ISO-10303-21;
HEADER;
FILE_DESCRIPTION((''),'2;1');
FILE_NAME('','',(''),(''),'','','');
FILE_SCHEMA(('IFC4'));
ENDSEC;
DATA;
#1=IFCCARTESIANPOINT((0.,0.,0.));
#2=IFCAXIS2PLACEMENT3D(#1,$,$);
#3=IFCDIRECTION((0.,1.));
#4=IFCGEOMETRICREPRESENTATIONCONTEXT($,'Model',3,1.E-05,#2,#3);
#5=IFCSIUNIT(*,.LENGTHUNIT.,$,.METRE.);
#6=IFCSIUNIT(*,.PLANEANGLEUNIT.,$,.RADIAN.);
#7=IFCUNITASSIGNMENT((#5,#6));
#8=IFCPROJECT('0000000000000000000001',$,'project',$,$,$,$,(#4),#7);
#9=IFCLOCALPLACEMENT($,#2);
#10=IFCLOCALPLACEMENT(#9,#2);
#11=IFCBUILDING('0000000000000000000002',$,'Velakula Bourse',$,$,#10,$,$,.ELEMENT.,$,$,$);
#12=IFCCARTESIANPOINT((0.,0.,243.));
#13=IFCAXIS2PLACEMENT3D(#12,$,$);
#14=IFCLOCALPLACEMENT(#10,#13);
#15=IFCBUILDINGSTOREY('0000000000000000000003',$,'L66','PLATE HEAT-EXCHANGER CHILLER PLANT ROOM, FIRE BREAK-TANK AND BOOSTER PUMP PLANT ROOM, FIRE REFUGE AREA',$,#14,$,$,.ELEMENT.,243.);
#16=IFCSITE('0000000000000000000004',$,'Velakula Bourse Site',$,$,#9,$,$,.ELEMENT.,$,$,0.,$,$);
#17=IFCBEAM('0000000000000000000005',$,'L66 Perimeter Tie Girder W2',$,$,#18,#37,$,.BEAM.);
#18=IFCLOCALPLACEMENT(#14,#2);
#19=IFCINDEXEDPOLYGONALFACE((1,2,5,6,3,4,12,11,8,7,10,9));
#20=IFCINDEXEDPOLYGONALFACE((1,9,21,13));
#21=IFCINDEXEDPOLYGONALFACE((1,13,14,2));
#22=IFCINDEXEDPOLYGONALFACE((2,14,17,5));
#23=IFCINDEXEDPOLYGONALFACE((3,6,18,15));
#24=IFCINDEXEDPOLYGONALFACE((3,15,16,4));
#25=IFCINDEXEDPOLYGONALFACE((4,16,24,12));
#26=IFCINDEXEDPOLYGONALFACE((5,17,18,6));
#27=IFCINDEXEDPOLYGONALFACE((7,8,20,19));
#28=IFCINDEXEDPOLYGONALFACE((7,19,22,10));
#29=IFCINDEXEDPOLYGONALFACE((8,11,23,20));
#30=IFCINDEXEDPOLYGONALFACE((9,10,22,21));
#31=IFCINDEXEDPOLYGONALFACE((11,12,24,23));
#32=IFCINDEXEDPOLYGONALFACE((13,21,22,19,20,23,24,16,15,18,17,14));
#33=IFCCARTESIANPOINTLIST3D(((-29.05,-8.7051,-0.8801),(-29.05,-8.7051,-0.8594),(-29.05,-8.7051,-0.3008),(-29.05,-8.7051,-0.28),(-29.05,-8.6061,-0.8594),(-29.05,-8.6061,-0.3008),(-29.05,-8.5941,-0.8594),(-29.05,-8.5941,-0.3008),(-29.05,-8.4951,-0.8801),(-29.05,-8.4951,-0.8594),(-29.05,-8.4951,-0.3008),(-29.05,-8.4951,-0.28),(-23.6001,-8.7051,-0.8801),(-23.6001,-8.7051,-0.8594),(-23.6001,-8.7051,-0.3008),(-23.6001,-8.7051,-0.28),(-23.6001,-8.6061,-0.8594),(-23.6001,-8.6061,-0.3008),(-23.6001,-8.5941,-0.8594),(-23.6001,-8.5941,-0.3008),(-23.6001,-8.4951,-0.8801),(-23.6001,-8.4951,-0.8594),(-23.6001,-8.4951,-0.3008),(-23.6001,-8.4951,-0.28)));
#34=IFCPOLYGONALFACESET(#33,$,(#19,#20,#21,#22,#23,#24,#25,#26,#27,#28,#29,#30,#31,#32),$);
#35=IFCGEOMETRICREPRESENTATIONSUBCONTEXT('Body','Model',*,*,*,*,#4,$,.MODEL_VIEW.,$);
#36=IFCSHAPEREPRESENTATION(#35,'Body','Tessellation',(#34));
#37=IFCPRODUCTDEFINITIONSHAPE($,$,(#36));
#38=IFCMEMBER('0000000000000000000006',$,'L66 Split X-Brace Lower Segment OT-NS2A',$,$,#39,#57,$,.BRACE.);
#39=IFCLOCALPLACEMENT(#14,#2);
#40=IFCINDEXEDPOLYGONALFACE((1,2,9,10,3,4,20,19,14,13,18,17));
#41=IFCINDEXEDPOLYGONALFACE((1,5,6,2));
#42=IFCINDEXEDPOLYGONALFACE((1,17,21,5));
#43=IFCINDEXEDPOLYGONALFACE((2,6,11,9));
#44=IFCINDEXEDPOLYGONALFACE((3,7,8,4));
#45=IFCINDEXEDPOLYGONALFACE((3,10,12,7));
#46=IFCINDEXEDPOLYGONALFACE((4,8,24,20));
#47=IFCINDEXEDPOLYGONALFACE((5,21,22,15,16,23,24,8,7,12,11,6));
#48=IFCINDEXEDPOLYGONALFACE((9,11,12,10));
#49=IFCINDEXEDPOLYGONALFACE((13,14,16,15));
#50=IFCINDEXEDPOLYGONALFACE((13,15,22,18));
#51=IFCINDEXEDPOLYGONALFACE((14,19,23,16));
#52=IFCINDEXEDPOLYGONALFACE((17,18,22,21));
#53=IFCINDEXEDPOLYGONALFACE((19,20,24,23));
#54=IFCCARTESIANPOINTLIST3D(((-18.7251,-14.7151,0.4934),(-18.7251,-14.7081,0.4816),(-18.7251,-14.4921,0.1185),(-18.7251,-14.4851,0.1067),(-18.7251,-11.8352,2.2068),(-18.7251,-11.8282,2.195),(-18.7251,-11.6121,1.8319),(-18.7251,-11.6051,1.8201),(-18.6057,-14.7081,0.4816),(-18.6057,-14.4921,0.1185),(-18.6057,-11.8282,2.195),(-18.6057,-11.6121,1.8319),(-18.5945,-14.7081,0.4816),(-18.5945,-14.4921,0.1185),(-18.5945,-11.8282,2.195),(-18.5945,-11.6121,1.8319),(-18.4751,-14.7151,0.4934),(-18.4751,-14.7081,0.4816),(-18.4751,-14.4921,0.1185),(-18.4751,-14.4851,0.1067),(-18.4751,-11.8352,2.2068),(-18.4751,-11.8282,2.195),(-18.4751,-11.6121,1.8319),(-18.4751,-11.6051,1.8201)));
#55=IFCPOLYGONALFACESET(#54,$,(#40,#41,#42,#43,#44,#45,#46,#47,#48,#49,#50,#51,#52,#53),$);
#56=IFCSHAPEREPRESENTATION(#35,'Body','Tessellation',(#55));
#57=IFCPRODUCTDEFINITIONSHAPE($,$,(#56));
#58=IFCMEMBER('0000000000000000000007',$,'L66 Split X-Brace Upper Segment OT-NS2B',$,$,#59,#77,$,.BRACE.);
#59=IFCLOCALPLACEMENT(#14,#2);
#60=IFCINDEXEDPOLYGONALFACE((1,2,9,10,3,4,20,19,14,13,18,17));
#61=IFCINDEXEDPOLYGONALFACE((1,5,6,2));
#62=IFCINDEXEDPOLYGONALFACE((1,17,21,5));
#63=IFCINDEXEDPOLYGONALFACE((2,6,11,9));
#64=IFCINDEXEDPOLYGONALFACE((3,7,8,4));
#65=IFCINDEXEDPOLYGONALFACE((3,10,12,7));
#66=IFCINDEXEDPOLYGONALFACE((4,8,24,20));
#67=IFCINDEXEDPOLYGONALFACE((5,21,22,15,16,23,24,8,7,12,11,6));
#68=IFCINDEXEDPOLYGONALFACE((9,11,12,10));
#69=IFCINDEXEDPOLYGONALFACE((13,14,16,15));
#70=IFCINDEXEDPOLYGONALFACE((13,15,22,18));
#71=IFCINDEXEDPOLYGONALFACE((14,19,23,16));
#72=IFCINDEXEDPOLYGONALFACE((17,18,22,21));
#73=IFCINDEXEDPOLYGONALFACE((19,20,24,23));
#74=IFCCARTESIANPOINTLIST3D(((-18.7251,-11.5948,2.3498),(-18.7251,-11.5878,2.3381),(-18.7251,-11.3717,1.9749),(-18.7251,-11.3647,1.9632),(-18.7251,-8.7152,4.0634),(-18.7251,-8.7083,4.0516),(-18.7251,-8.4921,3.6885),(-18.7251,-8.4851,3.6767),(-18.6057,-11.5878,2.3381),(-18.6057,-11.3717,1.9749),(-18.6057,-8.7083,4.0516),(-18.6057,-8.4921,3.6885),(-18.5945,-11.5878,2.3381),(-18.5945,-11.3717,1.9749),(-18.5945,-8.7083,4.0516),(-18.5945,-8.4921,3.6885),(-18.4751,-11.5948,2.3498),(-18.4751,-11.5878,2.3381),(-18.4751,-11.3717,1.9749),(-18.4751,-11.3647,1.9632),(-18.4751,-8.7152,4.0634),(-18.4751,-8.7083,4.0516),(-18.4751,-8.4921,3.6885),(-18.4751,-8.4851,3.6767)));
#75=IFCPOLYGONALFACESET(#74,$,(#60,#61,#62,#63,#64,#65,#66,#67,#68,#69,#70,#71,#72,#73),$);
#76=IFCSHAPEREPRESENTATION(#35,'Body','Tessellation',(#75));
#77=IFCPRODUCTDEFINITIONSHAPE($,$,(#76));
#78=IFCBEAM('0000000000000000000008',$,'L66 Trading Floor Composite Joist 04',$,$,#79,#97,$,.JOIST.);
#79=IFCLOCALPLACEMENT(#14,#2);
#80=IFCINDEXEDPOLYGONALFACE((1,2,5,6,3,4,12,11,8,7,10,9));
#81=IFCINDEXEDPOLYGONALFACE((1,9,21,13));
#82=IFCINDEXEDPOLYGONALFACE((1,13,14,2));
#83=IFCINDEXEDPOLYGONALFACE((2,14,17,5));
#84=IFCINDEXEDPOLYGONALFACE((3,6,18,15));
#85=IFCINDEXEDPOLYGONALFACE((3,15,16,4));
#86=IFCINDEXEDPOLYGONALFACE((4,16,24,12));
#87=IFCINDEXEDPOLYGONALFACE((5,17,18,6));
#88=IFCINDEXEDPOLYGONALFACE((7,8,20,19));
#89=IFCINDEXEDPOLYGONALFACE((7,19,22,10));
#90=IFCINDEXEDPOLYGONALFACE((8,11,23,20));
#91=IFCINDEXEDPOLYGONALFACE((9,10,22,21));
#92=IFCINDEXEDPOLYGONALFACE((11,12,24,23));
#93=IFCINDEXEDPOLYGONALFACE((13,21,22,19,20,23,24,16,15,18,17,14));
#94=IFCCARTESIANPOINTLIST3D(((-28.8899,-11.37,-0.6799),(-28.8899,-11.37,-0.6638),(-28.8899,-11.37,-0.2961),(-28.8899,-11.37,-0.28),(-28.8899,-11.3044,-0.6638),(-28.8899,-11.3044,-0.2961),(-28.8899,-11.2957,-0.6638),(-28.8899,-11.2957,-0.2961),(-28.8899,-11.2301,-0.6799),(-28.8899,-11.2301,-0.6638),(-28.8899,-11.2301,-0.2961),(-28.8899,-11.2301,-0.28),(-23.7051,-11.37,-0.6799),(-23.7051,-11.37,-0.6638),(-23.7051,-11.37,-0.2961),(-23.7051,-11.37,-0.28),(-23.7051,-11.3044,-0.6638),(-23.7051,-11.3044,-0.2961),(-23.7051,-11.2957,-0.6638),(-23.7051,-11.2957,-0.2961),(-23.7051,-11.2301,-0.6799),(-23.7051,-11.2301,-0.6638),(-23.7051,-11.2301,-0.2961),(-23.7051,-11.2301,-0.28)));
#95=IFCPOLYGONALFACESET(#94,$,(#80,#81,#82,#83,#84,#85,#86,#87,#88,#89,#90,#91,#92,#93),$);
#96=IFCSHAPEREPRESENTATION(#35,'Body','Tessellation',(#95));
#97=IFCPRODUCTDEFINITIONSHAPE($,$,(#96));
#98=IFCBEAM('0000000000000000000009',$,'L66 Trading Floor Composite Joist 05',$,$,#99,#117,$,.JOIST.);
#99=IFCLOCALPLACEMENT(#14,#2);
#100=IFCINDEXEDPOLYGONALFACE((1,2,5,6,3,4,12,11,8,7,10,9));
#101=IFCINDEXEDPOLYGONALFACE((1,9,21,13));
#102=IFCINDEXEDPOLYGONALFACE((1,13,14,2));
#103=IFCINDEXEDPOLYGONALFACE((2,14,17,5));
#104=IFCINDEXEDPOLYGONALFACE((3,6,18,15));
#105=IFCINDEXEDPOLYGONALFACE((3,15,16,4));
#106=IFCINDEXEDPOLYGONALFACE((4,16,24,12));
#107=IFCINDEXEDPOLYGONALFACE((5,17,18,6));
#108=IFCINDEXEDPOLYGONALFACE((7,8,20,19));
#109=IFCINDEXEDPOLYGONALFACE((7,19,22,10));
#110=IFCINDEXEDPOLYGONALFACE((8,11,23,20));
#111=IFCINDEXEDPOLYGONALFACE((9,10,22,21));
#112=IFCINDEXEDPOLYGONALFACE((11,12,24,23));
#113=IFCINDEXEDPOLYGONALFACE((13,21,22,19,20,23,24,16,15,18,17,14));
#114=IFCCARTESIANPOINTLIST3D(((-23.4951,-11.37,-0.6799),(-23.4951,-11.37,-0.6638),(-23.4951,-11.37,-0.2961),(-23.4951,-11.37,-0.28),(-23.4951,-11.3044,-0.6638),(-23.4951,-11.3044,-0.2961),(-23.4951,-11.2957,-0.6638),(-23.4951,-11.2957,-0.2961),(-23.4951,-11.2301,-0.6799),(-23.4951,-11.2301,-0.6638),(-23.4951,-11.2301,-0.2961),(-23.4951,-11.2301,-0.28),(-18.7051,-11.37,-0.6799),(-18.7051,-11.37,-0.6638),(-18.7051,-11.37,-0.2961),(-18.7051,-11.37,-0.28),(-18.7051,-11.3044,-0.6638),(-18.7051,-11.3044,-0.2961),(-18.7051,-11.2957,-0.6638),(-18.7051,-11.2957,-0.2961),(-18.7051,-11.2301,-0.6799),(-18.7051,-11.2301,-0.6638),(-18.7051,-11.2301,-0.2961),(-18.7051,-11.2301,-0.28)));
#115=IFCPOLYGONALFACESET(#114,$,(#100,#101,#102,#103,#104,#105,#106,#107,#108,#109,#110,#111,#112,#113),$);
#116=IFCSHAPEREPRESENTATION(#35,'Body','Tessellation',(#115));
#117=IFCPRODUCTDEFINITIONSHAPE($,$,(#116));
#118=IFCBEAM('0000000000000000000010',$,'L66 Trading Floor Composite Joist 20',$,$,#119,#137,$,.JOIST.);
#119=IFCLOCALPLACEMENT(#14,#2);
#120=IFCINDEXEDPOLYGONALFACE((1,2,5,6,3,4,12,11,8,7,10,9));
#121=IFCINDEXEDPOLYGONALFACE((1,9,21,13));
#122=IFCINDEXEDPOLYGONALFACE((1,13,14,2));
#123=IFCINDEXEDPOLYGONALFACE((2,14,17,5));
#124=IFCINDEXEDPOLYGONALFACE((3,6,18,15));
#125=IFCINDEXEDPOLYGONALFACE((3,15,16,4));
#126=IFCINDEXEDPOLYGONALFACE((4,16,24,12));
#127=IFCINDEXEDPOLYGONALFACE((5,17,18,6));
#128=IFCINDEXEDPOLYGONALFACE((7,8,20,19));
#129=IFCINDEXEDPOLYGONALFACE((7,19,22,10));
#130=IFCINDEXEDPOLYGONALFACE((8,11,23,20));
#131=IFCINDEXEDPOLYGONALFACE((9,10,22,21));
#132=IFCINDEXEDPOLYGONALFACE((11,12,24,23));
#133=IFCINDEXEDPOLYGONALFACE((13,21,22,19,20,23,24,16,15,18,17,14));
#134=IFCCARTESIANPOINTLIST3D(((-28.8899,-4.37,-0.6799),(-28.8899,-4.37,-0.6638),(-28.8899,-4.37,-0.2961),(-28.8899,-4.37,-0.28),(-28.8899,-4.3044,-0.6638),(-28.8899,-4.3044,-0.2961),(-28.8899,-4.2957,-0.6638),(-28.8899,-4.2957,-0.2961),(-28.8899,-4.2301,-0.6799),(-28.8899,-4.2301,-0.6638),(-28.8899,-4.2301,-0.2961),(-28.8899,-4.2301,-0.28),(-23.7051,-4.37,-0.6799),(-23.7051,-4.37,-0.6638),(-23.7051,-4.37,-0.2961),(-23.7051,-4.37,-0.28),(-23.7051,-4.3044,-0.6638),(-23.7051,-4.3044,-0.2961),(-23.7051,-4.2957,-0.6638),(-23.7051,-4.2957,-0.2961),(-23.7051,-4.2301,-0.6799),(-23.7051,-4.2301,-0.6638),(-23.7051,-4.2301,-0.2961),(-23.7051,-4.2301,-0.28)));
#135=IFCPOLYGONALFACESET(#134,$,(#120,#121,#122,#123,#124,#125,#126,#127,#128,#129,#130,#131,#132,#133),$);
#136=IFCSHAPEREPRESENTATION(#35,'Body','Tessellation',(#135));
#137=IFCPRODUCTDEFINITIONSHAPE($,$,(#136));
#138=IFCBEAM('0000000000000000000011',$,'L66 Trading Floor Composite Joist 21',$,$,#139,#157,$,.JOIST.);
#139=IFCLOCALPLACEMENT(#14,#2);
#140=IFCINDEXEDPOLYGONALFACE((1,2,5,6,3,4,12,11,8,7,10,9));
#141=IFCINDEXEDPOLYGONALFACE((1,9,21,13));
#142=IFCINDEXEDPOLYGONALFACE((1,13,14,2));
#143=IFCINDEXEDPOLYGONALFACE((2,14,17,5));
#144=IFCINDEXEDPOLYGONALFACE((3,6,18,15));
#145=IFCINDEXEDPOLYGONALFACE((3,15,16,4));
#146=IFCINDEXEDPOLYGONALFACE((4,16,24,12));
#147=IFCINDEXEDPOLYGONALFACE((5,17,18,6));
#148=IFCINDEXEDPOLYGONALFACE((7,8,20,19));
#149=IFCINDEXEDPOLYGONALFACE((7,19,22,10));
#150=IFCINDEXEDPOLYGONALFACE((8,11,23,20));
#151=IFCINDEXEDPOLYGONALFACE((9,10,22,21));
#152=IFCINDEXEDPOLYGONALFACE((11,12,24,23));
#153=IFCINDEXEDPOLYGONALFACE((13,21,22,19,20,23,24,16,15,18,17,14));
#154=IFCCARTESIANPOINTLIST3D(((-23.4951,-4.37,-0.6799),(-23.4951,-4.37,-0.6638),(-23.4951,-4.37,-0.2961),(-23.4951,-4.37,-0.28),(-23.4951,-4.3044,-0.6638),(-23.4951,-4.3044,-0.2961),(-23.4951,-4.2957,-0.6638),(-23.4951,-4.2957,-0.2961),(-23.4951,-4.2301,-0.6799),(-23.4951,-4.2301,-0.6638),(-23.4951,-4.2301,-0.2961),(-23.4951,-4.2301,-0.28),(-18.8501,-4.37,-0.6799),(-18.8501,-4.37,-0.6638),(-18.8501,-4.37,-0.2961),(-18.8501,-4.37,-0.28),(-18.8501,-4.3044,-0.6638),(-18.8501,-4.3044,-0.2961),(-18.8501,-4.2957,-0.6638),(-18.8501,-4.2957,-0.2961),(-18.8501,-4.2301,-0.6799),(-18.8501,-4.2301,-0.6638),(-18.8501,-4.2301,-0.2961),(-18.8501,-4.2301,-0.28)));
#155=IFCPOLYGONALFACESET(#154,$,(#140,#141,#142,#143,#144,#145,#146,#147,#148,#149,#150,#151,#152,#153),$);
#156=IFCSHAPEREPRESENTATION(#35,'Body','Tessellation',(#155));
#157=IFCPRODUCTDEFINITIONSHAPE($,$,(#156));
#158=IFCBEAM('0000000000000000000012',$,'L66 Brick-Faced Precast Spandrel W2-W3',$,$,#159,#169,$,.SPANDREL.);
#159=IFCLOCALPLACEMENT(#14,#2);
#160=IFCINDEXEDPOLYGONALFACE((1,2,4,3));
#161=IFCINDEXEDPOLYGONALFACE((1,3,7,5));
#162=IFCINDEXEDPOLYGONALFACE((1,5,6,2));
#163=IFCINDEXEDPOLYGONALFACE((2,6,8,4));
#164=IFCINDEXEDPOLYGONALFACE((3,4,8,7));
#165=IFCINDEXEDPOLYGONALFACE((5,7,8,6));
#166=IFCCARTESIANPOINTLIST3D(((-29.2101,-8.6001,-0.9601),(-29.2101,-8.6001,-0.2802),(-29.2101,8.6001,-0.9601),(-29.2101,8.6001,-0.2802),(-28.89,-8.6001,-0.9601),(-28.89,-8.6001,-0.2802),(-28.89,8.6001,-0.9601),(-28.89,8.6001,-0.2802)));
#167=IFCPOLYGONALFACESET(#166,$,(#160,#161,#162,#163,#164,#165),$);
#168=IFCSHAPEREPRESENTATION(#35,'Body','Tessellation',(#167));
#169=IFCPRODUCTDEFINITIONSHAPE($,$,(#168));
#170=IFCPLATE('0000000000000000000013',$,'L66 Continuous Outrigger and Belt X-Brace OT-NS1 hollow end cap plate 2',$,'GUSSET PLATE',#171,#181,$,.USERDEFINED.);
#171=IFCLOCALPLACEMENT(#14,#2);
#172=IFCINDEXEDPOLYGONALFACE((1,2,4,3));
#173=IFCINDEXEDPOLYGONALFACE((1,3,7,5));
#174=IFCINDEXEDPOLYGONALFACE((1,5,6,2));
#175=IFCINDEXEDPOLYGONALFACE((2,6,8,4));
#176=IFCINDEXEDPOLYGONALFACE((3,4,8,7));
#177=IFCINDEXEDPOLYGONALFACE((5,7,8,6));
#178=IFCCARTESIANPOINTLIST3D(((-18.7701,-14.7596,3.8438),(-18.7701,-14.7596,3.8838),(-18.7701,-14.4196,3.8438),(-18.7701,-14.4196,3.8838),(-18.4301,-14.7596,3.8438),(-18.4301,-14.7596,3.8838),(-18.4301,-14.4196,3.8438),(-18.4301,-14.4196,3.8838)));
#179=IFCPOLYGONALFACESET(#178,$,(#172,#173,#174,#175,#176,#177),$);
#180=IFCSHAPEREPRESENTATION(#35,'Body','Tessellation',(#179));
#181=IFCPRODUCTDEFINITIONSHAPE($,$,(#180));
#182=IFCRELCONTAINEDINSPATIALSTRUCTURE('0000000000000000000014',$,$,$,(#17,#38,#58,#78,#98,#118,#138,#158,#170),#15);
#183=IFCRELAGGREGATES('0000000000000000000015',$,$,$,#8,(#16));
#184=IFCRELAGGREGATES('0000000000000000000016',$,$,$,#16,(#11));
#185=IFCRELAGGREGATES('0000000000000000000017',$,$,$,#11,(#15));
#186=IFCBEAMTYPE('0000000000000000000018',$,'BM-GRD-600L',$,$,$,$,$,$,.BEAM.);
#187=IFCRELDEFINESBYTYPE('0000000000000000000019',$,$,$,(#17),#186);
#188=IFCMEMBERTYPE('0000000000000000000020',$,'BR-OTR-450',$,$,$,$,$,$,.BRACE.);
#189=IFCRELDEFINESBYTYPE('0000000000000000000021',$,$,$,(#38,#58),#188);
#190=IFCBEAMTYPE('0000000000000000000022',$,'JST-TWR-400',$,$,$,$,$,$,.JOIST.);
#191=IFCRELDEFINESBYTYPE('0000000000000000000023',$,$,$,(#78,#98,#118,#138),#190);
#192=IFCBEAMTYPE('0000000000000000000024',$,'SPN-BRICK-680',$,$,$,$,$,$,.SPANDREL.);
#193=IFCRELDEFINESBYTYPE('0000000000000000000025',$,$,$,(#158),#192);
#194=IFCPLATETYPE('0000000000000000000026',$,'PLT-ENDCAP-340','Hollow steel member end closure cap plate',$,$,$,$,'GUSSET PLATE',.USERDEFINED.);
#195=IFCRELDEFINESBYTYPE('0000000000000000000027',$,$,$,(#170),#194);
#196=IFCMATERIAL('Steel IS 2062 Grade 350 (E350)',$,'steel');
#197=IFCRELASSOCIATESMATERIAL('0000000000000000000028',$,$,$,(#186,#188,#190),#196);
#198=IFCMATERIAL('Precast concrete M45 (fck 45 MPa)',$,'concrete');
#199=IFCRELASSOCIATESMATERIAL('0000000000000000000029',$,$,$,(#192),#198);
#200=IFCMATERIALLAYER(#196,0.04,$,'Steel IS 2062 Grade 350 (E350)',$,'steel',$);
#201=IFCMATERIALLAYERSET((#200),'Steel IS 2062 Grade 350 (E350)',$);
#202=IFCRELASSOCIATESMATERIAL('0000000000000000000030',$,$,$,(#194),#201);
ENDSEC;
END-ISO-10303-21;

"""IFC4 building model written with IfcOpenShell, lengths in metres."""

from ifc_helpers import new_model, si_unit, direction, frame, origin, origin_2d, place, context, subcontext, project, spatial, rectangle, i_section, extrude, material, layer, layer_set, material_profile, profile_set, type_object, element, save


model = new_model("IFC4")

# Units and contexts
model_context = context("Model", 3, precision=1e-05, world=origin(), true_north=direction((0.0, 1.0)))
body_context = subcontext(model_context, "Body", "Model", "MODEL_VIEW")
ifc_project = project(units=[si_unit("LENGTHUNIT", "METRE"), si_unit("PLANEANGLEUNIT", "RADIAN")], contexts=[model_context])

# Site, building, storey
site_placement = place(None, origin())
site = spatial("IfcSite", under=ifc_project, at=site_placement, Name="Velakula Bourse Site", CompositionType="ELEMENT", RefElevation=0.0)
building_placement = place(site_placement, origin())
building = spatial("IfcBuilding", under=site, at=building_placement, Name="Velakula Bourse", CompositionType="ELEMENT")
storey_placement = place(building_placement, frame((0.0, 0.0, 243.0)))
storey = spatial("IfcBuildingStorey", under=building, at=storey_placement, Name="L66", Description="PLATE HEAT-EXCHANGER CHILLER PLANT ROOM, FIRE BREAK-TANK AND BOOSTER PUMP PLANT ROOM, FIRE REFUGE AREA", CompositionType="ELEMENT", Elevation=243.0)

# Shared definitions
ifc_material_1 = material(Name="Steel IS 2062 Grade 350 (E350)", Category="steel")

# Beam
ifc_material_profile_1 = material_profile(ifc_material_1, i_section(OverallWidth=0.21, OverallDepth=0.6001, WebThickness=0.012, FlangeThickness=0.0208, at=origin_2d()), Name="Steel IS 2062 Grade 350 (E350)")
ifc_profile_set_1 = profile_set([ifc_material_profile_1], Name="Steel IS 2062 Grade 350 (E350)")
beam_type_1 = type_object("IfcBeamType", Name="BM-GRD-600L", PredefinedType="BEAM", material=ifc_profile_set_1)
beam_1_placement = place(storey_placement, frame((-23.6001, -8.6001, -0.5801), z_axis=(-1.0, 0.0, 0.0), x_axis=(0.0, -1.0, 0.0)))
element("IfcBeam", 1, at=beam_1_placement, inside=storey, type_object=beam_type_1, Name="L66 Perimeter Tie Girder W2", PredefinedType="BEAM", context=body_context, shape_type="SweptSolid", body=[
    extrude(i_section(OverallWidth=0.21, OverallDepth=0.6001, WebThickness=0.012, FlangeThickness=0.0208, at=origin_2d()), origin(), (0.0, 0.0, 1.0), 5.45),
])

# Members
ifc_material_profile_2 = material_profile(ifc_material_1, i_section(OverallWidth=0.25, OverallDepth=0.45, WebThickness=0.0112, FlangeThickness=0.0137, at=origin_2d()), Name="Steel IS 2062 Grade 350 (E350)")
ifc_profile_set_2 = profile_set([ifc_material_profile_2], Name="Steel IS 2062 Grade 350 (E350)")
member_type = type_object("IfcMemberType", Name="BR-OTR-450", PredefinedType="BRACE", material=ifc_profile_set_2)
member_1_placement = place(storey_placement, frame((-18.6001, -14.6001, 0.3), z_axis=(0.0, 0.859403, 0.511299), x_axis=(-1.0, 0.0, 0.0)))
element("IfcMember", 2, at=member_1_placement, inside=storey, type_object=member_type, Name="L66 Split X-Brace Lower Segment OT-NS2A", PredefinedType="BRACE", context=body_context, shape_type="SweptSolid", body=[
    extrude(i_section(OverallWidth=0.25, OverallDepth=0.45, WebThickness=0.0112, FlangeThickness=0.0137, at=origin_2d()), origin(), (0.0, 0.0, 1.0), 3.3511),
])
member_2_placement = place(storey_placement, frame((-18.6001, -11.4797, 2.1565), z_axis=(0.0, 0.859352, 0.511385), x_axis=(-1.0, 0.0, 0.0)))
element("IfcMember", 3, at=member_2_placement, inside=storey, type_object=member_type, Name="L66 Split X-Brace Upper Segment OT-NS2B", PredefinedType="BRACE", context=body_context, shape_type="SweptSolid", body=[
    extrude(i_section(OverallWidth=0.25, OverallDepth=0.45, WebThickness=0.0112, FlangeThickness=0.0137, at=origin_2d()), origin(), (0.0, 0.0, 1.0), 3.3508),
])

# Beams
ifc_material_profile_3 = material_profile(ifc_material_1, i_section(OverallWidth=0.1399, OverallDepth=0.3999, WebThickness=0.0088, FlangeThickness=0.0161, at=origin_2d()), Name="Steel IS 2062 Grade 350 (E350)")
ifc_profile_set_3 = profile_set([ifc_material_profile_3], Name="Steel IS 2062 Grade 350 (E350)")
beam_type_2 = type_object("IfcBeamType", Name="JST-TWR-400", PredefinedType="JOIST", material=ifc_profile_set_3)
beam_2_placement = place(storey_placement, frame((-28.8899, -11.3, -0.48), z_axis=(1.0, 0.0, 0.0), x_axis=(0.0, 1.0, 0.0)))
element("IfcBeam", 4, at=beam_2_placement, inside=storey, type_object=beam_type_2, Name="L66 Trading Floor Composite Joist 04", PredefinedType="JOIST", context=body_context, shape_type="SweptSolid", body=[
    extrude(i_section(OverallWidth=0.1399, OverallDepth=0.3999, WebThickness=0.0088, FlangeThickness=0.0161, at=origin_2d()), origin(), (0.0, 0.0, 1.0), 5.1848),
])
beam_3_placement = place(storey_placement, frame((-23.4951, -11.3, -0.48), z_axis=(1.0, 0.0, 0.0), x_axis=(0.0, 1.0, 0.0)))
element("IfcBeam", 5, at=beam_3_placement, inside=storey, type_object=beam_type_2, Name="L66 Trading Floor Composite Joist 05", PredefinedType="JOIST", context=body_context, shape_type="SweptSolid", body=[
    extrude(i_section(OverallWidth=0.1399, OverallDepth=0.3999, WebThickness=0.0088, FlangeThickness=0.0161, at=origin_2d()), origin(), (0.0, 0.0, 1.0), 4.79),
])
beam_4_placement = place(storey_placement, frame((-28.8899, -4.3, -0.48), z_axis=(1.0, 0.0, 0.0), x_axis=(0.0, 1.0, 0.0)))
element("IfcBeam", 6, at=beam_4_placement, inside=storey, type_object=beam_type_2, Name="L66 Trading Floor Composite Joist 20", PredefinedType="JOIST", context=body_context, shape_type="SweptSolid", body=[
    extrude(i_section(OverallWidth=0.1399, OverallDepth=0.3999, WebThickness=0.0088, FlangeThickness=0.0161, at=origin_2d()), origin(), (0.0, 0.0, 1.0), 5.1848),
])
beam_5_placement = place(storey_placement, frame((-23.4951, -4.3, -0.48), z_axis=(1.0, 0.0, 0.0), x_axis=(0.0, 1.0, 0.0)))
element("IfcBeam", 7, at=beam_5_placement, inside=storey, type_object=beam_type_2, Name="L66 Trading Floor Composite Joist 21", PredefinedType="JOIST", context=body_context, shape_type="SweptSolid", body=[
    extrude(i_section(OverallWidth=0.1399, OverallDepth=0.3999, WebThickness=0.0088, FlangeThickness=0.0161, at=origin_2d()), origin(), (0.0, 0.0, 1.0), 4.645),
])
ifc_material_2 = material(Name="Precast concrete M45 (fck 45 MPa)", Category="concrete")
ifc_material_profile_4 = material_profile(ifc_material_2, rectangle(XDim=0.3201, YDim=0.6799, at=origin_2d()), Name="Precast concrete M45 (fck 45 MPa)")
ifc_profile_set_4 = profile_set([ifc_material_profile_4], Name="Precast concrete M45 (fck 45 MPa)")
beam_type_3 = type_object("IfcBeamType", Name="SPN-BRICK-680", PredefinedType="SPANDREL", material=ifc_profile_set_4)
beam_6_placement = place(storey_placement, frame((-29.05, -8.6001, -0.6201), z_axis=(0.0, 1.0, 0.0), x_axis=(-1.0, 0.0, 0.0)))
element("IfcBeam", 8, at=beam_6_placement, inside=storey, type_object=beam_type_3, Name="L66 Brick-Faced Precast Spandrel W2-W3", PredefinedType="SPANDREL", context=body_context, shape_type="SweptSolid", body=[
    extrude(rectangle(XDim=0.3201, YDim=0.6799, at=origin_2d()), origin(), (0.0, 0.0, 1.0), 17.2002),
])

# Plate
ifc_layer_1 = layer(ifc_material_1, 0.04, Name="Steel IS 2062 Grade 350 (E350)", Category="steel")
ifc_layer_set_1 = layer_set([ifc_layer_1], Name="Steel IS 2062 Grade 350 (E350)")
plate_type_1 = type_object("IfcPlateType", Name="PLT-ENDCAP-340", Description="Hollow steel member end closure cap plate", ElementType="GUSSET PLATE", PredefinedType="USERDEFINED", material=ifc_layer_set_1)
for number, where, z_axis, x_axis, name in (
    (9, (-18.6001, -14.5896, 3.8438), (0.0, 0.0, 1.0), (0.0, -1.0, 0.0), "L66 Continuous Outrigger and Belt X-Brace OT-NS1 hollow end cap plate 2"),
):
    element("IfcPlate", number, at=place(storey_placement, frame(where, z_axis=z_axis, x_axis=x_axis)), inside=storey, type_object=plate_type_1, Name=name, ObjectType="GUSSET PLATE", PredefinedType="USERDEFINED", context=body_context, shape_type="SweptSolid", body=[
        extrude(rectangle(XDim=0.3401, YDim=0.3401, at=origin_2d()), origin(), (0.0, 0.0, 1.0), 0.04),
    ])

save(model, "model.ifc")
